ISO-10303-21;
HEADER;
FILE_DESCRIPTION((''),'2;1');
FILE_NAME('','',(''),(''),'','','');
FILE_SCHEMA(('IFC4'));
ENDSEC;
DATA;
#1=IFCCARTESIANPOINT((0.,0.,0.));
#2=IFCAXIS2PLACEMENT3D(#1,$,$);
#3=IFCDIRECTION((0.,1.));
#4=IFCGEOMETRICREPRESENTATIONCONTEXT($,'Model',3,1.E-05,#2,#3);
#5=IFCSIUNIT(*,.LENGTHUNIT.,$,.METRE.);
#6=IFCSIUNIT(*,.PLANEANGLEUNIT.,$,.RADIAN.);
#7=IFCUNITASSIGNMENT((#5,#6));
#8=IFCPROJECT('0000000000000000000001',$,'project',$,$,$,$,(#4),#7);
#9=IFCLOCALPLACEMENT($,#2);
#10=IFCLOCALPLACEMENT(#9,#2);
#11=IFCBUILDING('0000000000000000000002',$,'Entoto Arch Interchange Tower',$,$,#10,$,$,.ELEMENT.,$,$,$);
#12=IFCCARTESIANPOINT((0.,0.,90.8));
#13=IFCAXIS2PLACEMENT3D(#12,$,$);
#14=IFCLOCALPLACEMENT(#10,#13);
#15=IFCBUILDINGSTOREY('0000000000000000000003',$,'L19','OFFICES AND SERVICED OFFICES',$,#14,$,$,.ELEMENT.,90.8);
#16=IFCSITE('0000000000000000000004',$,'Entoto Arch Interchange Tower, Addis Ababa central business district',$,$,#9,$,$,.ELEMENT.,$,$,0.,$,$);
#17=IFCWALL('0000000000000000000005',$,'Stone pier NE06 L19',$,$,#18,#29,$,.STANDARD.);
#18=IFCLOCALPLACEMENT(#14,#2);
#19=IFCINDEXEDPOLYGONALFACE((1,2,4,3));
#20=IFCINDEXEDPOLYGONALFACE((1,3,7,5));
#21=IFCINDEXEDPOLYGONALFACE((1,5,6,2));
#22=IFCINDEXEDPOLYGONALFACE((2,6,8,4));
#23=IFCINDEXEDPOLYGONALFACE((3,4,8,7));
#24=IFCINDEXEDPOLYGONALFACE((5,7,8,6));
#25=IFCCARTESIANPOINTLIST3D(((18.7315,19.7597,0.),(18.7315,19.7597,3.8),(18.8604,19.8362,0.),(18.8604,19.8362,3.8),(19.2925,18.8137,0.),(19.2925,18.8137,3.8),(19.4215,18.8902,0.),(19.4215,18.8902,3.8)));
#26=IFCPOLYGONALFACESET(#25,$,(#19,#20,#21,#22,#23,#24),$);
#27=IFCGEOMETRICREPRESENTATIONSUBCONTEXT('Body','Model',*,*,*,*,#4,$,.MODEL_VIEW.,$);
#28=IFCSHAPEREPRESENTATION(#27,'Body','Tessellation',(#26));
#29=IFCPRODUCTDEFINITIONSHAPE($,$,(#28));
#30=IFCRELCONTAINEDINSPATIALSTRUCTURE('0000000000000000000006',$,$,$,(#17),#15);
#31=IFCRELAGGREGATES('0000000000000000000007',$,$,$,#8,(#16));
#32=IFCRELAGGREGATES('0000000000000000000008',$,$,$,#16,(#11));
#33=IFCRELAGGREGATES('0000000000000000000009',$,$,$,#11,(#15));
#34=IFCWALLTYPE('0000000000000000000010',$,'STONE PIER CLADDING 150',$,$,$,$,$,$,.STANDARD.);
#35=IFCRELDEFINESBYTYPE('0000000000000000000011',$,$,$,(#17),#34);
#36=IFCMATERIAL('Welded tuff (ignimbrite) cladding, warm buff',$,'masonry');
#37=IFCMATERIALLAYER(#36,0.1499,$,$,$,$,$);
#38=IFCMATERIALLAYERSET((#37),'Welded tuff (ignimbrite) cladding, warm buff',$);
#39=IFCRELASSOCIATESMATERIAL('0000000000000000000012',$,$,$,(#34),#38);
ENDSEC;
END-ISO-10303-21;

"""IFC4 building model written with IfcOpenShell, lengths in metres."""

from ifc_helpers import new_model, si_unit, direction, frame, frame_2d, origin, place, context, subcontext, project, spatial, rectangle, extrude, material, layer, layer_set, type_object, element, save


model = new_model("IFC4")

# Units and contexts
model_context = context("Model", 3, precision=1e-05, world=origin(), true_north=direction((0.0, 1.0)))
body_context = subcontext(model_context, "Body", "Model", "MODEL_VIEW")
ifc_project = project(units=[si_unit("LENGTHUNIT", "METRE"), si_unit("PLANEANGLEUNIT", "RADIAN")], contexts=[model_context])

# Site, building, storey
site_placement = place(None, origin())
site = spatial("IfcSite", under=ifc_project, at=site_placement, Name="Entoto Arch Interchange Tower, Addis Ababa central business district", CompositionType="ELEMENT", RefElevation=0.0)
building_placement = place(site_placement, origin())
building = spatial("IfcBuilding", under=site, at=building_placement, Name="Entoto Arch Interchange Tower", CompositionType="ELEMENT")
storey_placement = place(building_placement, frame((0.0, 0.0, 90.8)))
storey = spatial("IfcBuildingStorey", under=building, at=storey_placement, Name="L19", Description="OFFICES AND SERVICED OFFICES", CompositionType="ELEMENT", Elevation=90.8)

# Shared definitions
ifc_material_1 = material(Name="Welded tuff (ignimbrite) cladding, warm buff", Category="masonry")

# Wall
ifc_layer_1 = layer(ifc_material_1, 0.1499)
ifc_layer_set_1 = layer_set([ifc_layer_1], Name="Welded tuff (ignimbrite) cladding, warm buff")
wall_type_1 = type_object("IfcWallType", Name="STONE PIER CLADDING 150", PredefinedType="STANDARD", material=ifc_layer_set_1)
wall_1_placement = place(storey_placement, frame((19.3569, 18.8521, 0.0), z_axis=(0.0, 0.0, 1.0), x_axis=(-0.510082, 0.860126, 0.0)))
element("IfcWall", 1, at=wall_1_placement, inside=storey, type_object=wall_type_1, Name="Stone pier NE06 L19", PredefinedType="STANDARD", context=body_context, shape_type="SweptSolid", body=[
    extrude(rectangle(XDim=1.0999, YDim=0.1499, at=frame_2d((0.5498, 0.0))), origin(), (0.0, 0.0, 1.0), 3.8),
])

save(model, "model.ifc")
